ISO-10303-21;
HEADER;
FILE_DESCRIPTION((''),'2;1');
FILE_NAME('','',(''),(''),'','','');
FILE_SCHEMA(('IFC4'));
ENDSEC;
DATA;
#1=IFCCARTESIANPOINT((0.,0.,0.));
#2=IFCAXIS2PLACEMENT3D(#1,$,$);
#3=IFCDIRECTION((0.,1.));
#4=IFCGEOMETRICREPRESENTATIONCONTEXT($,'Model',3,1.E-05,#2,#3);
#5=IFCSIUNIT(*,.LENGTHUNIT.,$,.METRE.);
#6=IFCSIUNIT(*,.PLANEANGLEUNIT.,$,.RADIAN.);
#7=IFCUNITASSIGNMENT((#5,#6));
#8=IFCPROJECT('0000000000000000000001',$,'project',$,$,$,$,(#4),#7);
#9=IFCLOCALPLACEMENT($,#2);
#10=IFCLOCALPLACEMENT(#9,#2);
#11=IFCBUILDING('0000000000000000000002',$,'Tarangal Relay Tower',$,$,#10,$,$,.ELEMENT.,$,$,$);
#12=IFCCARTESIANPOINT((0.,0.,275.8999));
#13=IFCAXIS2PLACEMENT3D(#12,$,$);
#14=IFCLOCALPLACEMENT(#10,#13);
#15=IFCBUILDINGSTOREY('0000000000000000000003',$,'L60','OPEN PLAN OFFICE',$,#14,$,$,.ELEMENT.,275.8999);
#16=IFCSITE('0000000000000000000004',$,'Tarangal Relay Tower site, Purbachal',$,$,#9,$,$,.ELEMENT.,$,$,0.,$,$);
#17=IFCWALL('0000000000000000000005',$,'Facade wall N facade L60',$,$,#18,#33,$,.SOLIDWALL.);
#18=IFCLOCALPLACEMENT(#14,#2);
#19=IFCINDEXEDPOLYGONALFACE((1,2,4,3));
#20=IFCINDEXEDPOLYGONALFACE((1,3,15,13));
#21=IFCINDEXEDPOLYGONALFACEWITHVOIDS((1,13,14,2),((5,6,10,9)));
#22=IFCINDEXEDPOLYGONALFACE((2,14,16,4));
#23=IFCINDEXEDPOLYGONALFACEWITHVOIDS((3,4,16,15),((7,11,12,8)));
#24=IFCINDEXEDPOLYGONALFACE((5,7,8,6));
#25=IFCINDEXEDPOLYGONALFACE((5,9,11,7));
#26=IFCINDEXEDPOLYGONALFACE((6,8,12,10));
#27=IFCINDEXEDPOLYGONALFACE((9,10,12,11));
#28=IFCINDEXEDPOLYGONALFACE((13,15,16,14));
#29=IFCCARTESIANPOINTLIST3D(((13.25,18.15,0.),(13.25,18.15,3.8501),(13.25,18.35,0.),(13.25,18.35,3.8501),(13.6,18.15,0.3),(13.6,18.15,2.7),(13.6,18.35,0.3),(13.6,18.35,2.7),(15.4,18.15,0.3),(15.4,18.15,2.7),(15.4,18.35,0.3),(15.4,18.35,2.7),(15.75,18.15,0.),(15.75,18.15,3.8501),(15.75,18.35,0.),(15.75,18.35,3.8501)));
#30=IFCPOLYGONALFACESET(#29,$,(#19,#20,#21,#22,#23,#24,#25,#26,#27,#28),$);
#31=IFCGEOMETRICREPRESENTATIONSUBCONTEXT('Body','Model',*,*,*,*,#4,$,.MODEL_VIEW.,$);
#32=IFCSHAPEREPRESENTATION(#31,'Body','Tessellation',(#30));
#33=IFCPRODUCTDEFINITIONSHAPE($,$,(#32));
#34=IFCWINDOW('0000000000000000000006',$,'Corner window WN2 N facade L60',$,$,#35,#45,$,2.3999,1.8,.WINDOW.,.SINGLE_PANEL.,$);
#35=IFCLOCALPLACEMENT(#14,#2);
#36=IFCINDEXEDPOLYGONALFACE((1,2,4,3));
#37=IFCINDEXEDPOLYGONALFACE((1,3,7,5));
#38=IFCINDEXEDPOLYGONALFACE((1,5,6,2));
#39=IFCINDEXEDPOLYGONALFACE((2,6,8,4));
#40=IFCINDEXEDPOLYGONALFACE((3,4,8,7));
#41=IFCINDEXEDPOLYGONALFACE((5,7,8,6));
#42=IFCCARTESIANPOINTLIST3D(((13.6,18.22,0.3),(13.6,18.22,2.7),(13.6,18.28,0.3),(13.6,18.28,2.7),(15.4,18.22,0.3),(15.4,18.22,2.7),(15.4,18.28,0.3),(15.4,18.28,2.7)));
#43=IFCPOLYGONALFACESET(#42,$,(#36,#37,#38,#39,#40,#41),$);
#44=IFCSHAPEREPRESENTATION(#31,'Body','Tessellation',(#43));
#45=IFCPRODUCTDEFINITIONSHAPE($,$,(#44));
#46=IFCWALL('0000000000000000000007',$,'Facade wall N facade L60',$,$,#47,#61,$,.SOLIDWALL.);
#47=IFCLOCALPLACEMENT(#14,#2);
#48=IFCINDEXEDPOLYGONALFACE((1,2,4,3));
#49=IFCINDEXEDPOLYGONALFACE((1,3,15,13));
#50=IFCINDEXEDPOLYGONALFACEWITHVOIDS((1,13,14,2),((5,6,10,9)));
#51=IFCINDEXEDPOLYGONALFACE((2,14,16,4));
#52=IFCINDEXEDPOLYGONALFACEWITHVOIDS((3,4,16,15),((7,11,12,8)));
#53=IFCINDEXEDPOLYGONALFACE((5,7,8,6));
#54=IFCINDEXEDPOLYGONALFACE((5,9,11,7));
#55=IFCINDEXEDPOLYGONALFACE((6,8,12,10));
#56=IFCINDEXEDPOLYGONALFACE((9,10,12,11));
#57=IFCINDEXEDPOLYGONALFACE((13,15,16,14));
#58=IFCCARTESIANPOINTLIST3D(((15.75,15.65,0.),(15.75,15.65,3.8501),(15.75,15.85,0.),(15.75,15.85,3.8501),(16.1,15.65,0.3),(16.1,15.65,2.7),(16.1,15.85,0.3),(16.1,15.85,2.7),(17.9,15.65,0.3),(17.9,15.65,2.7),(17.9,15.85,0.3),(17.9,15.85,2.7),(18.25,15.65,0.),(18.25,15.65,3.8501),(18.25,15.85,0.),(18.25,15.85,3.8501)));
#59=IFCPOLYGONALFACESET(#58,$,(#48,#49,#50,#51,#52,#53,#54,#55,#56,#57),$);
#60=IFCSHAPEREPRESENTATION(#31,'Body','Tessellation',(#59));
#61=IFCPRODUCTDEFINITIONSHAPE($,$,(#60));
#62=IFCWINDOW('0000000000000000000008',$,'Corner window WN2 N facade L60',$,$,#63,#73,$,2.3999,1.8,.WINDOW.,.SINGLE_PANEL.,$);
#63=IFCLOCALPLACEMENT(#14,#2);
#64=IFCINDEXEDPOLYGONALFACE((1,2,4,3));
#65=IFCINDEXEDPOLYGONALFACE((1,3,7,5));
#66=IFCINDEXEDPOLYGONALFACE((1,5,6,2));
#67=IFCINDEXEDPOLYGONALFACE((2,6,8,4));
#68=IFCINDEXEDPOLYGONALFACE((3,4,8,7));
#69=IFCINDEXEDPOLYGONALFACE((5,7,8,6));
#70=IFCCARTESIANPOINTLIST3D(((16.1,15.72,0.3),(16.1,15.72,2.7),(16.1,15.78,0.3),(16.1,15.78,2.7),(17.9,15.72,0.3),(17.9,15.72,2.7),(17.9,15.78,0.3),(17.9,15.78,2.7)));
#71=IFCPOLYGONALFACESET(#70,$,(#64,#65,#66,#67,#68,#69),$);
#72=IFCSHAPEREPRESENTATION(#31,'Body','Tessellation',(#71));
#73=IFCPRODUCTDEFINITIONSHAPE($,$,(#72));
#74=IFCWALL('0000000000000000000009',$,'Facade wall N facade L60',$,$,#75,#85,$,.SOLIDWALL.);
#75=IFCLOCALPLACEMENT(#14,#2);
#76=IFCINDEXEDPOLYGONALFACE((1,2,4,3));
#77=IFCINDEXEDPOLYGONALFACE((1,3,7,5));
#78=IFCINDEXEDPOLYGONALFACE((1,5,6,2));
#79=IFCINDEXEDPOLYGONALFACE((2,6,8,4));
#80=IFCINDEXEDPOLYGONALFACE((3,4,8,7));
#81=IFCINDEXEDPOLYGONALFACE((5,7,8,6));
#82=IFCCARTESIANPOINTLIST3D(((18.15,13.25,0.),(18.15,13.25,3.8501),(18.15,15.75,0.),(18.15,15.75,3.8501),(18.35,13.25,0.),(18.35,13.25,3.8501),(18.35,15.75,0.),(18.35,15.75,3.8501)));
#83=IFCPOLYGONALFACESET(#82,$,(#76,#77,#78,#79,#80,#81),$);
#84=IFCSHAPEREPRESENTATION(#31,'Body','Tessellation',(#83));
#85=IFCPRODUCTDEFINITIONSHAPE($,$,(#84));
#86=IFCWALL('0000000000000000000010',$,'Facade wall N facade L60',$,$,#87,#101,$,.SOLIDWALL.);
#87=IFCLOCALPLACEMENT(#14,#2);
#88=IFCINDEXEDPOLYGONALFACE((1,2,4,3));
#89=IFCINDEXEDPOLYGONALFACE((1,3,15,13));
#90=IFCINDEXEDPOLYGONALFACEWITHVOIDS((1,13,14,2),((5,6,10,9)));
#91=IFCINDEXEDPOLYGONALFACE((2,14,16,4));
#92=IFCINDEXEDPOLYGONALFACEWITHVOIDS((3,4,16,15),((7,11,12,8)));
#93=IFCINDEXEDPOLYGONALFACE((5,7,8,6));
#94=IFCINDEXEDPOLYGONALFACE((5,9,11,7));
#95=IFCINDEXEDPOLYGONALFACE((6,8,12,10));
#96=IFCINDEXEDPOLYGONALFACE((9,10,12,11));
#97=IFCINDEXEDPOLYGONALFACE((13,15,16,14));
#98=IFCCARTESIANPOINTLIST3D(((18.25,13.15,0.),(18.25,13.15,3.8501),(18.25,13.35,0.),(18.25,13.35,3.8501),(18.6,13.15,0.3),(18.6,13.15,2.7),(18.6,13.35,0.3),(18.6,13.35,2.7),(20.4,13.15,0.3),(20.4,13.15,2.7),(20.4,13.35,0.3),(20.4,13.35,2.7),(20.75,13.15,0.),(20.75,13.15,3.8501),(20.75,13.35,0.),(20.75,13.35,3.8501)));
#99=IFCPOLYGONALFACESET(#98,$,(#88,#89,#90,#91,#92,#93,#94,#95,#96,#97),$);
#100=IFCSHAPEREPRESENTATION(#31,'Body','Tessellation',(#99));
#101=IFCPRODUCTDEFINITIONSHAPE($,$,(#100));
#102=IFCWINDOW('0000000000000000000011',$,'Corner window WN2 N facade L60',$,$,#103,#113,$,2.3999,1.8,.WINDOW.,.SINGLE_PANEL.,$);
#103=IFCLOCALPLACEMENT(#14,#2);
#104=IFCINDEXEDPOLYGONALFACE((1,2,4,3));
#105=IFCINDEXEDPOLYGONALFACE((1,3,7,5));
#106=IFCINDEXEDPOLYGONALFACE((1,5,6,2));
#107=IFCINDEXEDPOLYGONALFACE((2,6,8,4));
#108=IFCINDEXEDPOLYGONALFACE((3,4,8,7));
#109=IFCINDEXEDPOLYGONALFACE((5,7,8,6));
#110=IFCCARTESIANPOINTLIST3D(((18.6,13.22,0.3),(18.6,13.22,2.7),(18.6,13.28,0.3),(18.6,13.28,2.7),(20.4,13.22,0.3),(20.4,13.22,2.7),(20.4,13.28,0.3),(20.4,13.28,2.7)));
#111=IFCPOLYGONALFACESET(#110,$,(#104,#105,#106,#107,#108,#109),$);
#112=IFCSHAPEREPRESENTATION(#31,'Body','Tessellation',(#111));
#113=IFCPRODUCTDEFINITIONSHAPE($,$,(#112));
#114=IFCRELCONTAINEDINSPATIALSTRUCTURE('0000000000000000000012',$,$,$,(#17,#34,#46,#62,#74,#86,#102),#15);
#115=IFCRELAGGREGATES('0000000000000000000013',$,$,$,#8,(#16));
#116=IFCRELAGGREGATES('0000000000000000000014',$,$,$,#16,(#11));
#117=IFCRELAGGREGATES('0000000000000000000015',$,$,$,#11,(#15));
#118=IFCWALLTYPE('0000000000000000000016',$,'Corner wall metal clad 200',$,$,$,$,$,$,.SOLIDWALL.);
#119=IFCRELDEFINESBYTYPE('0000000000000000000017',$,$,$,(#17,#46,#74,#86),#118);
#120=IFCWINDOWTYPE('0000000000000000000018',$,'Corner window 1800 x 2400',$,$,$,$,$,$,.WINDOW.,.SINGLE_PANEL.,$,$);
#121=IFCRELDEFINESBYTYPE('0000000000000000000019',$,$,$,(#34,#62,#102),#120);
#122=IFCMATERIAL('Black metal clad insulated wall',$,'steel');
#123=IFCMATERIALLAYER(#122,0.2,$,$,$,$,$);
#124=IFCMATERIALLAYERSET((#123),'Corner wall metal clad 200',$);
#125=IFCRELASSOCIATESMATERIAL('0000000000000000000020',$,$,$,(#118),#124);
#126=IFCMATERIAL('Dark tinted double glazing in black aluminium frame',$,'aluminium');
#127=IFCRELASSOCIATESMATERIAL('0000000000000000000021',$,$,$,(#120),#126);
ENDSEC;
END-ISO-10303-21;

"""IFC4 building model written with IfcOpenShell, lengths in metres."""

from ifc_helpers import new_model, si_unit, direction, frame, frame_2d, origin, place, context, subcontext, project, spatial, rectangle, extrude, material, layer, layer_set, type_object, element, fill, save


model = new_model("IFC4")

# Units and contexts
model_context = context("Model", 3, precision=1e-05, world=origin(), true_north=direction((0.0, 1.0)))
body_context = subcontext(model_context, "Body", "Model", "MODEL_VIEW")
ifc_project = project(units=[si_unit("LENGTHUNIT", "METRE"), si_unit("PLANEANGLEUNIT", "RADIAN")], contexts=[model_context])

# Site, building, storey
site_placement = place(None, origin())
site = spatial("IfcSite", under=ifc_project, at=site_placement, Name="Tarangal Relay Tower site, Purbachal", CompositionType="ELEMENT", RefElevation=0.0)
building_placement = place(site_placement, origin())
building = spatial("IfcBuilding", under=site, at=building_placement, Name="Tarangal Relay Tower", CompositionType="ELEMENT")
storey_placement = place(building_placement, frame((0.0, 0.0, 275.8999)))
storey = spatial("IfcBuildingStorey", under=building, at=storey_placement, Name="L60", Description="OPEN PLAN OFFICE", CompositionType="ELEMENT", Elevation=275.8999)

# Shared definitions
ifc_material_1 = material(Name="Black metal clad insulated wall", Category="steel")
ifc_layer_1 = layer(ifc_material_1, 0.2)
ifc_layer_set_1 = layer_set([ifc_layer_1], Name="Corner wall metal clad 200")
wall_type_1 = type_object("IfcWallType", Name="Corner wall metal clad 200", PredefinedType="SOLIDWALL", material=ifc_layer_set_1)

# Wall, opening, window
wall_1_placement = place(storey_placement, frame((13.25, 18.25, 0.0), z_axis=(0.0, 0.0, 1.0), x_axis=(1.0, 0.0, 0.0)))
wall_1 = element("IfcWall", 1, at=wall_1_placement, inside=storey, type_object=wall_type_1, Name="Facade wall N facade L60", PredefinedType="SOLIDWALL", context=body_context, shape_type="SweptSolid", body=[
    extrude(rectangle(XDim=2.5, YDim=0.2, at=frame_2d((1.25, 0.0))), origin(), (0.0, 0.0, 1.0), 3.8501),
])
opening_1_placement = place(wall_1_placement, frame((0.3501, 0.0, 0.3)))
opening_1 = element("IfcOpeningElement", 2, at=opening_1_placement, cuts=wall_1, PredefinedType="OPENING", context=body_context, shape_type="SweptSolid", body=[
    extrude(rectangle(XDim=1.8, YDim=2.3999, at=frame_2d((0.8999, 1.2))), frame((0.0, 0.1099, 0.0), z_axis=(0.0, -1.0, 0.0), x_axis=(1.0, 0.0, 0.0)), (0.0, 0.0, 1.0), 0.22),
])
ifc_material_2 = material(Name="Dark tinted double glazing in black aluminium frame", Category="aluminium")
window_type = type_object("IfcWindowType", Name="Corner window 1800 x 2400", PartitioningType="SINGLE_PANEL", PredefinedType="WINDOW", material=ifc_material_2)
window_1_placement = place(opening_1_placement, origin())
window_1 = element("IfcWindow", 3, at=window_1_placement, inside=storey, type_object=window_type, Name="Corner window WN2 N facade L60", OverallHeight=2.3999, OverallWidth=1.8, PartitioningType="SINGLE_PANEL", PredefinedType="WINDOW", context=body_context, shape_type="SweptSolid", body=[
    extrude(rectangle(XDim=1.8, YDim=2.3999, at=frame_2d((0.8999, 1.2))), frame((0.0, 0.03, 0.0), z_axis=(0.0, -1.0, 0.0), x_axis=(1.0, 0.0, 0.0)), (0.0, 0.0, 1.0), 0.0601),
])
fill(opening_1, window_1)

# Wall, opening, window
wall_2_placement = place(storey_placement, frame((15.75, 15.75, 0.0), z_axis=(0.0, 0.0, 1.0), x_axis=(1.0, 0.0, 0.0)))
wall_2 = element("IfcWall", 4, at=wall_2_placement, inside=storey, type_object=wall_type_1, Name="Facade wall N facade L60", PredefinedType="SOLIDWALL", context=body_context, shape_type="SweptSolid", body=[
    extrude(rectangle(XDim=2.5, YDim=0.2, at=frame_2d((1.25, 0.0))), origin(), (0.0, 0.0, 1.0), 3.8501),
])
opening_2_placement = place(wall_2_placement, frame((0.3501, 0.0, 0.3)))
opening_2 = element("IfcOpeningElement", 5, at=opening_2_placement, cuts=wall_2, PredefinedType="OPENING", context=body_context, shape_type="SweptSolid", body=[
    extrude(rectangle(XDim=1.8, YDim=2.3999, at=frame_2d((0.8999, 1.2))), frame((0.0, 0.1099, 0.0), z_axis=(0.0, -1.0, 0.0), x_axis=(1.0, 0.0, 0.0)), (0.0, 0.0, 1.0), 0.22),
])
window_2_placement = place(opening_2_placement, origin())
window_2 = element("IfcWindow", 6, at=window_2_placement, inside=storey, type_object=window_type, Name="Corner window WN2 N facade L60", OverallHeight=2.3999, OverallWidth=1.8, PartitioningType="SINGLE_PANEL", PredefinedType="WINDOW", context=body_context, shape_type="SweptSolid", body=[
    extrude(rectangle(XDim=1.8, YDim=2.3999, at=frame_2d((0.8999, 1.2))), frame((0.0, 0.03, 0.0), z_axis=(0.0, -1.0, 0.0), x_axis=(1.0, 0.0, 0.0)), (0.0, 0.0, 1.0), 0.0601),
])
fill(opening_2, window_2)

# Wall
wall_3_placement = place(storey_placement, frame((18.25, 15.75, 0.0), z_axis=(0.0, 0.0, 1.0), x_axis=(0.0, -1.0, 0.0)))
element("IfcWall", 7, at=wall_3_placement, inside=storey, type_object=wall_type_1, Name="Facade wall N facade L60", PredefinedType="SOLIDWALL", context=body_context, shape_type="SweptSolid", body=[
    extrude(rectangle(XDim=2.5, YDim=0.2, at=frame_2d((1.25, 0.0))), origin(), (0.0, 0.0, 1.0), 3.8501),
])

# Wall, opening, window
wall_4_placement = place(storey_placement, frame((18.25, 13.25, 0.0), z_axis=(0.0, 0.0, 1.0), x_axis=(1.0, 0.0, 0.0)))
wall_4 = element("IfcWall", 8, at=wall_4_placement, inside=storey, type_object=wall_type_1, Name="Facade wall N facade L60", PredefinedType="SOLIDWALL", context=body_context, shape_type="SweptSolid", body=[
    extrude(rectangle(XDim=2.5, YDim=0.2, at=frame_2d((1.25, 0.0))), origin(), (0.0, 0.0, 1.0), 3.8501),
])
opening_3_placement = place(wall_4_placement, frame((0.3501, 0.0, 0.3)))
opening_3 = element("IfcOpeningElement", 9, at=opening_3_placement, cuts=wall_4, PredefinedType="OPENING", context=body_context, shape_type="SweptSolid", body=[
    extrude(rectangle(XDim=1.8, YDim=2.3999, at=frame_2d((0.8999, 1.2))), frame((0.0, 0.1099, 0.0), z_axis=(0.0, -1.0, 0.0), x_axis=(1.0, 0.0, 0.0)), (0.0, 0.0, 1.0), 0.22),
])
window_3_placement = place(opening_3_placement, origin())
window_3 = element("IfcWindow", 10, at=window_3_placement, inside=storey, type_object=window_type, Name="Corner window WN2 N facade L60", OverallHeight=2.3999, OverallWidth=1.8, PartitioningType="SINGLE_PANEL", PredefinedType="WINDOW", context=body_context, shape_type="SweptSolid", body=[
    extrude(rectangle(XDim=1.8, YDim=2.3999, at=frame_2d((0.8999, 1.2))), frame((0.0, 0.03, 0.0), z_axis=(0.0, -1.0, 0.0), x_axis=(1.0, 0.0, 0.0)), (0.0, 0.0, 1.0), 0.0601),
])
fill(opening_3, window_3)

save(model, "model.ifc")
